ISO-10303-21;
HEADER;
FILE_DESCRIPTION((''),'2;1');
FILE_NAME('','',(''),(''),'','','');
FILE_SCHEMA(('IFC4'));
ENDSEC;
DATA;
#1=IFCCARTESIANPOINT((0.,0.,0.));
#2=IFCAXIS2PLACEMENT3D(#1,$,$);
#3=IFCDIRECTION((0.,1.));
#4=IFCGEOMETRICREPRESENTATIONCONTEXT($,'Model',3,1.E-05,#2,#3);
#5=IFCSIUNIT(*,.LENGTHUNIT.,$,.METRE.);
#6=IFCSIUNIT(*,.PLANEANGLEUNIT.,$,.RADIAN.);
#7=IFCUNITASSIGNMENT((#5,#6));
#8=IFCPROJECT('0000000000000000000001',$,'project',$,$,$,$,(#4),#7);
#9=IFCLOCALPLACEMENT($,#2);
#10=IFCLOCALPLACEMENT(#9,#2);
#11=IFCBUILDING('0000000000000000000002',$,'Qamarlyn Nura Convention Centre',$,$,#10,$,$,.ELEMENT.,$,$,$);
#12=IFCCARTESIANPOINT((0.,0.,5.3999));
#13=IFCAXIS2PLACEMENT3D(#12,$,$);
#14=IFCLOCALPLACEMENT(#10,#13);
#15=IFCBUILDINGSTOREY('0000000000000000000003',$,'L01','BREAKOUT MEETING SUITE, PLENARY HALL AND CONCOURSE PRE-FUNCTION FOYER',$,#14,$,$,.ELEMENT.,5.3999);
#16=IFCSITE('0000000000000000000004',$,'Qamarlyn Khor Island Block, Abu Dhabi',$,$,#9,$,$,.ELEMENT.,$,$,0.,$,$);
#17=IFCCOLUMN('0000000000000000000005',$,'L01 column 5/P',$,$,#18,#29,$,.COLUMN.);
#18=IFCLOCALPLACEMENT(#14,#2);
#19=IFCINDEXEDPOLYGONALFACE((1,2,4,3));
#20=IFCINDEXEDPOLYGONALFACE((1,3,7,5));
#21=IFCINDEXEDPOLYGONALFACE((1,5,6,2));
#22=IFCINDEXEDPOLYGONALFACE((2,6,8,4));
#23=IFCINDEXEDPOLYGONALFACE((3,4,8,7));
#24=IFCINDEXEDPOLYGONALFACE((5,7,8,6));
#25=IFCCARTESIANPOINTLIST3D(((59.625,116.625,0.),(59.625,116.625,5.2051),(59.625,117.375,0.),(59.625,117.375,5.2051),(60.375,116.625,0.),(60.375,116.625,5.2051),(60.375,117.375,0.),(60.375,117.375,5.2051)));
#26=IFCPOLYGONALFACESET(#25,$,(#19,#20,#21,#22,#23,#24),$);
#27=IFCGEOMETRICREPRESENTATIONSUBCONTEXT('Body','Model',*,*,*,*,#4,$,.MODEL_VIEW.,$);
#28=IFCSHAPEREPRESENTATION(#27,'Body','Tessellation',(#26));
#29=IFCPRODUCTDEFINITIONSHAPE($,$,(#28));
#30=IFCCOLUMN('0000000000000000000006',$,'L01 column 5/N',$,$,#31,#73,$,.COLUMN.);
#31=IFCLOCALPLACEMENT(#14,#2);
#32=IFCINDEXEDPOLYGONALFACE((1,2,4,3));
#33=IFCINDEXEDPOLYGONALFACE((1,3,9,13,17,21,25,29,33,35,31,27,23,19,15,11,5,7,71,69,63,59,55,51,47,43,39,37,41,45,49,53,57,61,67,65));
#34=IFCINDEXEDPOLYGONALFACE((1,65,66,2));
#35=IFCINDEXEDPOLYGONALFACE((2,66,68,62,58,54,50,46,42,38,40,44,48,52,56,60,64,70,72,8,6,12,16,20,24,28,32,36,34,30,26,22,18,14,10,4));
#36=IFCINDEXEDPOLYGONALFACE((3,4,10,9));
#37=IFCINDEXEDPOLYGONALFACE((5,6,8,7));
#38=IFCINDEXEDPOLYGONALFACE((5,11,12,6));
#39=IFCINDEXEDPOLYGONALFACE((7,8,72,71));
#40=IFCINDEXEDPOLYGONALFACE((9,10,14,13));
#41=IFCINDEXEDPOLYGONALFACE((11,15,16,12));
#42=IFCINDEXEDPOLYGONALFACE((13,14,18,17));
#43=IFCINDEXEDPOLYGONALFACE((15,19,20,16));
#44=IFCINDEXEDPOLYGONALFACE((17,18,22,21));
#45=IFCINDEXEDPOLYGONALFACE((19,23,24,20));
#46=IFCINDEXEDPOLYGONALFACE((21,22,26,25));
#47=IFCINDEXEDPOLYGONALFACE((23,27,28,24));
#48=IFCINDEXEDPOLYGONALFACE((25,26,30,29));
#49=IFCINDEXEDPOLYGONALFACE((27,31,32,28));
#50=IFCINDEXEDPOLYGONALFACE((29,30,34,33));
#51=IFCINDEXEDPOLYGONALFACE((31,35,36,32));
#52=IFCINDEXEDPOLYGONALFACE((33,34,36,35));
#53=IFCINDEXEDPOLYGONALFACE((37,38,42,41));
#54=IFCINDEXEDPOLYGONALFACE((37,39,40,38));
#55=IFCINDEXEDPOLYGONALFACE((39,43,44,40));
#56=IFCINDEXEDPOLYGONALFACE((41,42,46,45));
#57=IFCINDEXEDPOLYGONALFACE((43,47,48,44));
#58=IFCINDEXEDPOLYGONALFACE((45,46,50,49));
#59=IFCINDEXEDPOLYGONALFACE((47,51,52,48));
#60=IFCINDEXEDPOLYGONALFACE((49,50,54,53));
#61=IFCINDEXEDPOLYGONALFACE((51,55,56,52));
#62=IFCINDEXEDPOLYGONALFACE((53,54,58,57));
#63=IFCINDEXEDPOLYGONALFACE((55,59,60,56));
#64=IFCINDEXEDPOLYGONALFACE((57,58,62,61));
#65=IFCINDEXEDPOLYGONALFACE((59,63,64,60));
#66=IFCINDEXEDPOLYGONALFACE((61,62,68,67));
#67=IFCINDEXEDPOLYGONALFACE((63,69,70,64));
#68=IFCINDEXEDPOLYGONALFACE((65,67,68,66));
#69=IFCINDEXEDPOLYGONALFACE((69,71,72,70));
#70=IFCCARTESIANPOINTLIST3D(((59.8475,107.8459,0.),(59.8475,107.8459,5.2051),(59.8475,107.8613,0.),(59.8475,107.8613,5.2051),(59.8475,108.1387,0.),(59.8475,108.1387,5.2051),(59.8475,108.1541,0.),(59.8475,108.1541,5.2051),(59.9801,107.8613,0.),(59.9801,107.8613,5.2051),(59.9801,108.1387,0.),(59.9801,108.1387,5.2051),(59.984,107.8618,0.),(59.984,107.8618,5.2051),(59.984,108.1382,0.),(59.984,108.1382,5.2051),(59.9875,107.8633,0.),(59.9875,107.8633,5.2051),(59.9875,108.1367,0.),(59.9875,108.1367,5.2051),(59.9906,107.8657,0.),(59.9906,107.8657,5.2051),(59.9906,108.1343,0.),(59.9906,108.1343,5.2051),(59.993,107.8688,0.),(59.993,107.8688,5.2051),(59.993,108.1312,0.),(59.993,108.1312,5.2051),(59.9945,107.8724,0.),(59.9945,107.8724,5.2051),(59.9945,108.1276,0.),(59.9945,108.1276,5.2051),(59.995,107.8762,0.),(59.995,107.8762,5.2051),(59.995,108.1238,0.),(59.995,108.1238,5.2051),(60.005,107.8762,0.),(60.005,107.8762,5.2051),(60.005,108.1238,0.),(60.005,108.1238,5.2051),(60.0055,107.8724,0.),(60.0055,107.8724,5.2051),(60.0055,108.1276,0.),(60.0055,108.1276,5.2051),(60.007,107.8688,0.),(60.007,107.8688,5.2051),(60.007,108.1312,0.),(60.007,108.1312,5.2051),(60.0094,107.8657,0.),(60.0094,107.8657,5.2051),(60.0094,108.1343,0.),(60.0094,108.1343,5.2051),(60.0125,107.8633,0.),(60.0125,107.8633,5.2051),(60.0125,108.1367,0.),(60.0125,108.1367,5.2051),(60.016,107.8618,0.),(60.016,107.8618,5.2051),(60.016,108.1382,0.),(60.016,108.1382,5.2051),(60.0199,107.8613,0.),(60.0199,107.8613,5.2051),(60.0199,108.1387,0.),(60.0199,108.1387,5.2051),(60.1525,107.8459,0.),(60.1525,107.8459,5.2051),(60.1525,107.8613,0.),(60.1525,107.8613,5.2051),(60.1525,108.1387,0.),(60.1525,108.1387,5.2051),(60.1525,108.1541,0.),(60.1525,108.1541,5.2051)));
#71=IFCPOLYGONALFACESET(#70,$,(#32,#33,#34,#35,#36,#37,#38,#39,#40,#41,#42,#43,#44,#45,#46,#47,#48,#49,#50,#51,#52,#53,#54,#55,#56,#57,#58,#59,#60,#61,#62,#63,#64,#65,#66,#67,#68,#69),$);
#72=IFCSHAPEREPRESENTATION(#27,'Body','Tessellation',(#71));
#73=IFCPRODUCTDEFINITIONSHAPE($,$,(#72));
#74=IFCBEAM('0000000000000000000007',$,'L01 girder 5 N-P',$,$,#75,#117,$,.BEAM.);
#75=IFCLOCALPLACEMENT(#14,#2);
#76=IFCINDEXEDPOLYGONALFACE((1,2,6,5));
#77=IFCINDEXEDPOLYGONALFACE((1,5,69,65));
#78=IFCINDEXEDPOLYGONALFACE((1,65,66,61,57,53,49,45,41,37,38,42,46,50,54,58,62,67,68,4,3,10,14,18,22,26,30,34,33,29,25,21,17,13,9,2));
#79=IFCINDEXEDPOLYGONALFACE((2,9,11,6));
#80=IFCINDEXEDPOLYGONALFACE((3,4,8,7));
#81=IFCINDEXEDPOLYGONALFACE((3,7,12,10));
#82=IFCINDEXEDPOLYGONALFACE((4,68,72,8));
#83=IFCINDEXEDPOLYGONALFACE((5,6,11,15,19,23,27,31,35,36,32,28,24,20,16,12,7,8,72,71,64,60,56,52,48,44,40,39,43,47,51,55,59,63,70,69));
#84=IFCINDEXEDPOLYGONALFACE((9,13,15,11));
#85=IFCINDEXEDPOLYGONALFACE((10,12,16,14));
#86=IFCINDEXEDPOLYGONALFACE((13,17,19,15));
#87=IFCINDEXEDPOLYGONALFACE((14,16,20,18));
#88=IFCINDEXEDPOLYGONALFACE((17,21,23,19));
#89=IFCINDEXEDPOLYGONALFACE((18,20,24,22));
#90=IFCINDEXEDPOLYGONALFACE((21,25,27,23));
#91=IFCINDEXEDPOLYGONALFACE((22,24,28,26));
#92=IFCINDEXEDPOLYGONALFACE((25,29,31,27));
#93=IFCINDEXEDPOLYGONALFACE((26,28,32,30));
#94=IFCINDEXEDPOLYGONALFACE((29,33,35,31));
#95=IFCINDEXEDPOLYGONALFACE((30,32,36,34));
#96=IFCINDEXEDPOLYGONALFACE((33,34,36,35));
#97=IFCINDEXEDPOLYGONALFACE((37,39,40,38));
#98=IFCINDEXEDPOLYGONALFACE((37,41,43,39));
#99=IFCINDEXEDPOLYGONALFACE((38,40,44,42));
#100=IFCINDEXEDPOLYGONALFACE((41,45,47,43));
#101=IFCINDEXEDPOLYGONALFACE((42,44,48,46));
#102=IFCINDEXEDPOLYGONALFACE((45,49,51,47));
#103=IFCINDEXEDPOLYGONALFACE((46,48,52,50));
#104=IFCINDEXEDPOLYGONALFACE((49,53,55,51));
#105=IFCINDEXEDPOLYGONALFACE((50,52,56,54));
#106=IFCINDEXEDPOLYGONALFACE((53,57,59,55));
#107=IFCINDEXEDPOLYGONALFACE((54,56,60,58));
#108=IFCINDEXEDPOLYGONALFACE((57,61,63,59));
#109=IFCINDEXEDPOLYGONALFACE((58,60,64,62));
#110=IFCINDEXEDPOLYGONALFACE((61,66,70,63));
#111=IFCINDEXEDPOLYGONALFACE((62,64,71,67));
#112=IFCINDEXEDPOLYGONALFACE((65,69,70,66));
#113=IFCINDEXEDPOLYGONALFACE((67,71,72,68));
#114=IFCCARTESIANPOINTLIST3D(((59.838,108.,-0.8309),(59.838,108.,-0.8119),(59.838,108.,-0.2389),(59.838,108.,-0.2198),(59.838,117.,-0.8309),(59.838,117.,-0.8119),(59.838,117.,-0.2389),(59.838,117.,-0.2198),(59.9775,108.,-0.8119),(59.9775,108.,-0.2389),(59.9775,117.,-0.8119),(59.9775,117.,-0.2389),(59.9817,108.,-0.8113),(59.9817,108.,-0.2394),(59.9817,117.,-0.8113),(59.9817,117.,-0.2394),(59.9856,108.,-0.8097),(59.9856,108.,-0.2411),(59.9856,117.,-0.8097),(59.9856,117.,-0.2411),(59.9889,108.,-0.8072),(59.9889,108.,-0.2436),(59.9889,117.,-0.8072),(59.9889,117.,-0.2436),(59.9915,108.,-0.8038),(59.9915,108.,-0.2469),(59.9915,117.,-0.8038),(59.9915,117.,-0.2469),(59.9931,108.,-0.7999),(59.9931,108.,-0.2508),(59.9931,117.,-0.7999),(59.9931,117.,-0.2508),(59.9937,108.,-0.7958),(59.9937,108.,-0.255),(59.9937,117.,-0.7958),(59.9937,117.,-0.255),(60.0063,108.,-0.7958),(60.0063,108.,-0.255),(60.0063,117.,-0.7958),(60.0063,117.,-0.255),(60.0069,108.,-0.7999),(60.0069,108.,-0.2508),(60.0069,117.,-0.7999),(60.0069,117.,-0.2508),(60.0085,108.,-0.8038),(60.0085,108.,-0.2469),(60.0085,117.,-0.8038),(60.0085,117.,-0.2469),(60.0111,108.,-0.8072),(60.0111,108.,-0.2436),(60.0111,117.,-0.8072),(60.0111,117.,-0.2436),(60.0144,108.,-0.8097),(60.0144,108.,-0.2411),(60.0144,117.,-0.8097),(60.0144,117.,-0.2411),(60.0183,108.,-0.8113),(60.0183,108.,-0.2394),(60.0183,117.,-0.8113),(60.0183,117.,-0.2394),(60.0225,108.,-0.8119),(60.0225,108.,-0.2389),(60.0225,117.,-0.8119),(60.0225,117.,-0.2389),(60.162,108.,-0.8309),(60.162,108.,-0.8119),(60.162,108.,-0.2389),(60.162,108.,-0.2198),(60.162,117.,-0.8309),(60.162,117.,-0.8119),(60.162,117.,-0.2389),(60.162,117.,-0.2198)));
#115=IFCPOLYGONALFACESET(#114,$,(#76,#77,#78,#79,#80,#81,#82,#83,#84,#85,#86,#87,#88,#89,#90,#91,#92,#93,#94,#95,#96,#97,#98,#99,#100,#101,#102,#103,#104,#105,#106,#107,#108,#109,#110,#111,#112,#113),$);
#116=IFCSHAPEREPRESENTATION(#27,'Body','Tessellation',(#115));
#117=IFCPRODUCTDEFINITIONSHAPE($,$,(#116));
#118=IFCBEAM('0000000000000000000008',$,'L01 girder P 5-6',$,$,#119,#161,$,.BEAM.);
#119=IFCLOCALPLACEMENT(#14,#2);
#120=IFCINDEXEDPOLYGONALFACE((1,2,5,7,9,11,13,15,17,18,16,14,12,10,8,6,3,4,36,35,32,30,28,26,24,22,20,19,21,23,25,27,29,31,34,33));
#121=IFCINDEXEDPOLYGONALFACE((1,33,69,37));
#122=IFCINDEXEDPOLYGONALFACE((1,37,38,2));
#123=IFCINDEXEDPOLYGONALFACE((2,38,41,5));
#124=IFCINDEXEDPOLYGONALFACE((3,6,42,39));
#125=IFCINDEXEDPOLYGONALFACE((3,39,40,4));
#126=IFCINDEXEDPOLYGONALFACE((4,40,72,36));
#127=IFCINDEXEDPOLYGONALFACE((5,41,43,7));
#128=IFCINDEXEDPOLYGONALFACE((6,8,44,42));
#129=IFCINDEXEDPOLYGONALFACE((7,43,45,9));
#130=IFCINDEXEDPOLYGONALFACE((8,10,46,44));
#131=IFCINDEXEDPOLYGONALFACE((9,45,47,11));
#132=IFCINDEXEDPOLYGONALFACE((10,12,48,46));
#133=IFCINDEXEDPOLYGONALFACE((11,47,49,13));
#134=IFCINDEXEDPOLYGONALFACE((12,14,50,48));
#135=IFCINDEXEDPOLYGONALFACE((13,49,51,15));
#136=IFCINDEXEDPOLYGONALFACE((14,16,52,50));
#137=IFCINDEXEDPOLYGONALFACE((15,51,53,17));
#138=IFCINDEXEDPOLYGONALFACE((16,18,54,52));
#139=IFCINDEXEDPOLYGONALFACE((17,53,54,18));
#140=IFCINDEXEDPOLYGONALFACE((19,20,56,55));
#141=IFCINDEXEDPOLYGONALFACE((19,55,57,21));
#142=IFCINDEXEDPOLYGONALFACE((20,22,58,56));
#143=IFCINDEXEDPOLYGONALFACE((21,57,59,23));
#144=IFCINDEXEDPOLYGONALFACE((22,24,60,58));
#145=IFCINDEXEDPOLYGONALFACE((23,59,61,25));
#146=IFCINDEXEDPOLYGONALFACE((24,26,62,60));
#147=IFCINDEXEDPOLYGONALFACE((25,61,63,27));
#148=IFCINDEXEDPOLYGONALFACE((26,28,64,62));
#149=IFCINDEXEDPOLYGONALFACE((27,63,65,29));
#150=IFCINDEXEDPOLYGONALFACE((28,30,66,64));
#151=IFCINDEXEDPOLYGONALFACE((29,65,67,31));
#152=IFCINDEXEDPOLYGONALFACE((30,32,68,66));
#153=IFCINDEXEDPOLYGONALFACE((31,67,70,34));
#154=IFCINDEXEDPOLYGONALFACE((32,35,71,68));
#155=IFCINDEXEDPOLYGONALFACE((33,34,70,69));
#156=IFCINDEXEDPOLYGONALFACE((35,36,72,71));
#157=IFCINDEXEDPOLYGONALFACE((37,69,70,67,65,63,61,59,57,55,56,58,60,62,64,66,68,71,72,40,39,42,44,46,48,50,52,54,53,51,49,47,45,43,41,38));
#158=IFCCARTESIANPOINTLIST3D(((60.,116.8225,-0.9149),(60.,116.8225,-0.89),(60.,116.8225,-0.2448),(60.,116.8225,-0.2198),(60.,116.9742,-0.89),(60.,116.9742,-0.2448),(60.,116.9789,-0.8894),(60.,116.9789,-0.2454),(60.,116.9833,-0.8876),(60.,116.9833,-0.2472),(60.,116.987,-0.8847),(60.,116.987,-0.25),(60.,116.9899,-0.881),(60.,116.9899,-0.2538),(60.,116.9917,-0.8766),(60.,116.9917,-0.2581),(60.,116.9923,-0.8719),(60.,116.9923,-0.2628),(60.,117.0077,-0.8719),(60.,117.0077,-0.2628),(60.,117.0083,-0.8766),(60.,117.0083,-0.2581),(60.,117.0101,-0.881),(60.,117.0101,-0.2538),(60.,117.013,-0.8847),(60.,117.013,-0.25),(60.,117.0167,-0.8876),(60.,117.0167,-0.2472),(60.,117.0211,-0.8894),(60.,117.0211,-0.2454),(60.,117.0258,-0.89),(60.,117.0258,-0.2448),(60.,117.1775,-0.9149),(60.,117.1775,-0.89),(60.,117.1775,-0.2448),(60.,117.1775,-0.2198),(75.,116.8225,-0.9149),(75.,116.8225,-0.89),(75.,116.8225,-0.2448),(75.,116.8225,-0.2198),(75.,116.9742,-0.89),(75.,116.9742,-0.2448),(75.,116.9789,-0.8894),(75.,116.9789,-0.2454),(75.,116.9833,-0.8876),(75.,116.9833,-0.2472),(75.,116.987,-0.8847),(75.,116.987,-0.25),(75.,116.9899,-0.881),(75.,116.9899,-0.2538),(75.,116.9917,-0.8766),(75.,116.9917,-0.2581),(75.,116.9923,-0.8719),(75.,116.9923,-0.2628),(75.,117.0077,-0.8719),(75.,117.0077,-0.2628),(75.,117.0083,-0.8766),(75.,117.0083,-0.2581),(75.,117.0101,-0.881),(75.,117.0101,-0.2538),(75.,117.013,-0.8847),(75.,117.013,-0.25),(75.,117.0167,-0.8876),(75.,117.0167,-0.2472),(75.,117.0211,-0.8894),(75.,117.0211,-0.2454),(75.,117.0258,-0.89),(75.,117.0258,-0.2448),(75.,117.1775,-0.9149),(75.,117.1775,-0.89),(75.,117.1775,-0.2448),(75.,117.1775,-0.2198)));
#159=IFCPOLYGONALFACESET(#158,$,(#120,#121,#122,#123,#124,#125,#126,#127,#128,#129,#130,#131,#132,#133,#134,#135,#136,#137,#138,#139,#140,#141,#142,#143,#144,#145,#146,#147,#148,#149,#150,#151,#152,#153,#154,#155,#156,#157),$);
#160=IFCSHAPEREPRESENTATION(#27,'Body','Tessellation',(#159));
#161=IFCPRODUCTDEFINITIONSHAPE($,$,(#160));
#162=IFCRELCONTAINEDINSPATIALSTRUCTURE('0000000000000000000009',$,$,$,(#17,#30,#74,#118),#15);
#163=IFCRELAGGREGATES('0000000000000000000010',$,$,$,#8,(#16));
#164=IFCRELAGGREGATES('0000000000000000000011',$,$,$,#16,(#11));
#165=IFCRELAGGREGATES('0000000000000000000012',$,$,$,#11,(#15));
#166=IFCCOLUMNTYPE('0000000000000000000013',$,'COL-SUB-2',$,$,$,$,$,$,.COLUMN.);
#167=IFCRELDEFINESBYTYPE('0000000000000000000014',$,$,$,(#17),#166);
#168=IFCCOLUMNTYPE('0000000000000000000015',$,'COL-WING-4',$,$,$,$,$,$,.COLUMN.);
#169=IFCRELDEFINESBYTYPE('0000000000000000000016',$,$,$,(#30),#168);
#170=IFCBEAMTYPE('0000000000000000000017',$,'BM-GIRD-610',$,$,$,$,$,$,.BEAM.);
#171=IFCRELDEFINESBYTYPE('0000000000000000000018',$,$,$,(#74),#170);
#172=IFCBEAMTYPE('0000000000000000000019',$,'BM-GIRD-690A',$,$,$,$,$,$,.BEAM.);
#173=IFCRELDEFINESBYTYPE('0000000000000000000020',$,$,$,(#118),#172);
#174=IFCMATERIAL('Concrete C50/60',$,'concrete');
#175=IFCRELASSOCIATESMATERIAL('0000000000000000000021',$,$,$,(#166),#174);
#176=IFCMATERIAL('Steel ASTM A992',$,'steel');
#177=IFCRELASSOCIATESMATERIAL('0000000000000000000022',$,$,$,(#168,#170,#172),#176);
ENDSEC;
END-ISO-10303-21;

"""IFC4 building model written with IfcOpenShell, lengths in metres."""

from ifc_helpers import new_model, si_unit, direction, frame, origin, origin_2d, place, context, subcontext, project, spatial, rectangle, i_section, extrude, material, material_profile, profile_set, type_object, element, save


model = new_model("IFC4")

# Units and contexts
model_context = context("Model", 3, precision=1e-05, world=origin(), true_north=direction((0.0, 1.0)))
body_context = subcontext(model_context, "Body", "Model", "MODEL_VIEW")
ifc_project = project(units=[si_unit("LENGTHUNIT", "METRE"), si_unit("PLANEANGLEUNIT", "RADIAN")], contexts=[model_context])

# Site, building, storey
site_placement = place(None, origin())
site = spatial("IfcSite", under=ifc_project, at=site_placement, Name="Qamarlyn Khor Island Block, Abu Dhabi", CompositionType="ELEMENT", RefElevation=0.0)
building_placement = place(site_placement, origin())
building = spatial("IfcBuilding", under=site, at=building_placement, Name="Qamarlyn Nura Convention Centre", CompositionType="ELEMENT")
storey_placement = place(building_placement, frame((0.0, 0.0, 5.3999)))
storey = spatial("IfcBuildingStorey", under=building, at=storey_placement, Name="L01", Description="BREAKOUT MEETING SUITE, PLENARY HALL AND CONCOURSE PRE-FUNCTION FOYER", CompositionType="ELEMENT", Elevation=5.3999)

# Columns
ifc_material_1 = material(Name="Concrete C50/60", Category="concrete")
ifc_material_profile_1 = material_profile(ifc_material_1, rectangle(XDim=0.75, YDim=0.75, at=origin_2d()), Name="RC 750x750")
ifc_profile_set_1 = profile_set([ifc_material_profile_1], Name="Concrete C50/60")
column_type_1 = type_object("IfcColumnType", Name="COL-SUB-2", PredefinedType="COLUMN", material=ifc_profile_set_1)
column_1_placement = place(storey_placement, frame((60.0, 117.0, 0.0), z_axis=(0.0, 0.0, 1.0), x_axis=(1.0, 0.0, 0.0)))
element("IfcColumn", 1, at=column_1_placement, inside=storey, type_object=column_type_1, Name="L01 column 5/P", PredefinedType="COLUMN", context=body_context, shape_type="SweptSolid", body=[
    extrude(rectangle(XDim=0.75, YDim=0.75, at=origin_2d()), origin(), (0.0, 0.0, 1.0), 5.2051),
])
ifc_material_2 = material(Name="Steel ASTM A992", Category="steel")
ifc_material_profile_2 = material_profile(ifc_material_2, i_section(OverallWidth=0.3049, OverallDepth=0.3081, WebThickness=0.01, FlangeThickness=0.0154, FilletRadius=0.0149, at=origin_2d()), Name="W310X97")
ifc_profile_set_2 = profile_set([ifc_material_profile_2], Name="Steel ASTM A992")
column_type_2 = type_object("IfcColumnType", Name="COL-WING-4", PredefinedType="COLUMN", material=ifc_profile_set_2)
column_2_placement = place(storey_placement, frame((60.0, 108.0, 0.0), z_axis=(0.0, 0.0, 1.0), x_axis=(1.0, 0.0, 0.0)))
element("IfcColumn", 2, at=column_2_placement, inside=storey, type_object=column_type_2, Name="L01 column 5/N", PredefinedType="COLUMN", context=body_context, shape_type="SweptSolid", body=[
    extrude(i_section(OverallWidth=0.3049, OverallDepth=0.3081, WebThickness=0.01, FlangeThickness=0.0154, FilletRadius=0.0149, at=origin_2d()), origin(), (0.0, 0.0, 1.0), 5.2051),
])

# Beams
ifc_material_profile_3 = material_profile(ifc_material_2, i_section(OverallWidth=0.324, OverallDepth=0.6111, WebThickness=0.0127, FlangeThickness=0.019, FilletRadius=0.0161, at=origin_2d()), Name="W610X155")
ifc_profile_set_3 = profile_set([ifc_material_profile_3], Name="Steel ASTM A992")
beam_type_1 = type_object("IfcBeamType", Name="BM-GIRD-610", PredefinedType="BEAM", material=ifc_profile_set_3)
beam_1_placement = place(storey_placement, frame((60.0, 108.0, -0.5254), z_axis=(0.0, 1.0, 0.0), x_axis=(-1.0, 0.0, 0.0)))
element("IfcBeam", 3, at=beam_1_placement, inside=storey, type_object=beam_type_1, Name="L01 girder 5 N-P", PredefinedType="BEAM", context=body_context, shape_type="SweptSolid", body=[
    extrude(i_section(OverallWidth=0.324, OverallDepth=0.6111, WebThickness=0.0127, FlangeThickness=0.019, FilletRadius=0.0161, at=origin_2d()), origin(), (0.0, 0.0, 1.0), 9.0),
])
ifc_material_profile_4 = material_profile(ifc_material_2, i_section(OverallWidth=0.355, OverallDepth=0.6951, WebThickness=0.0154, FlangeThickness=0.0249, FilletRadius=0.0181, at=origin_2d()), Name="W690X217")
ifc_profile_set_4 = profile_set([ifc_material_profile_4], Name="Steel ASTM A992")
beam_type_2 = type_object("IfcBeamType", Name="BM-GIRD-690A", PredefinedType="BEAM", material=ifc_profile_set_4)
beam_2_placement = place(storey_placement, frame((60.0, 117.0, -0.5674), z_axis=(1.0, 0.0, 0.0), x_axis=(0.0, 1.0, 0.0)))
element("IfcBeam", 4, at=beam_2_placement, inside=storey, type_object=beam_type_2, Name="L01 girder P 5-6", PredefinedType="BEAM", context=body_context, shape_type="SweptSolid", body=[
    extrude(i_section(OverallWidth=0.355, OverallDepth=0.6951, WebThickness=0.0154, FlangeThickness=0.0249, FilletRadius=0.0181, at=origin_2d()), origin(), (0.0, 0.0, 1.0), 15.0),
])

save(model, "model.ifc")
